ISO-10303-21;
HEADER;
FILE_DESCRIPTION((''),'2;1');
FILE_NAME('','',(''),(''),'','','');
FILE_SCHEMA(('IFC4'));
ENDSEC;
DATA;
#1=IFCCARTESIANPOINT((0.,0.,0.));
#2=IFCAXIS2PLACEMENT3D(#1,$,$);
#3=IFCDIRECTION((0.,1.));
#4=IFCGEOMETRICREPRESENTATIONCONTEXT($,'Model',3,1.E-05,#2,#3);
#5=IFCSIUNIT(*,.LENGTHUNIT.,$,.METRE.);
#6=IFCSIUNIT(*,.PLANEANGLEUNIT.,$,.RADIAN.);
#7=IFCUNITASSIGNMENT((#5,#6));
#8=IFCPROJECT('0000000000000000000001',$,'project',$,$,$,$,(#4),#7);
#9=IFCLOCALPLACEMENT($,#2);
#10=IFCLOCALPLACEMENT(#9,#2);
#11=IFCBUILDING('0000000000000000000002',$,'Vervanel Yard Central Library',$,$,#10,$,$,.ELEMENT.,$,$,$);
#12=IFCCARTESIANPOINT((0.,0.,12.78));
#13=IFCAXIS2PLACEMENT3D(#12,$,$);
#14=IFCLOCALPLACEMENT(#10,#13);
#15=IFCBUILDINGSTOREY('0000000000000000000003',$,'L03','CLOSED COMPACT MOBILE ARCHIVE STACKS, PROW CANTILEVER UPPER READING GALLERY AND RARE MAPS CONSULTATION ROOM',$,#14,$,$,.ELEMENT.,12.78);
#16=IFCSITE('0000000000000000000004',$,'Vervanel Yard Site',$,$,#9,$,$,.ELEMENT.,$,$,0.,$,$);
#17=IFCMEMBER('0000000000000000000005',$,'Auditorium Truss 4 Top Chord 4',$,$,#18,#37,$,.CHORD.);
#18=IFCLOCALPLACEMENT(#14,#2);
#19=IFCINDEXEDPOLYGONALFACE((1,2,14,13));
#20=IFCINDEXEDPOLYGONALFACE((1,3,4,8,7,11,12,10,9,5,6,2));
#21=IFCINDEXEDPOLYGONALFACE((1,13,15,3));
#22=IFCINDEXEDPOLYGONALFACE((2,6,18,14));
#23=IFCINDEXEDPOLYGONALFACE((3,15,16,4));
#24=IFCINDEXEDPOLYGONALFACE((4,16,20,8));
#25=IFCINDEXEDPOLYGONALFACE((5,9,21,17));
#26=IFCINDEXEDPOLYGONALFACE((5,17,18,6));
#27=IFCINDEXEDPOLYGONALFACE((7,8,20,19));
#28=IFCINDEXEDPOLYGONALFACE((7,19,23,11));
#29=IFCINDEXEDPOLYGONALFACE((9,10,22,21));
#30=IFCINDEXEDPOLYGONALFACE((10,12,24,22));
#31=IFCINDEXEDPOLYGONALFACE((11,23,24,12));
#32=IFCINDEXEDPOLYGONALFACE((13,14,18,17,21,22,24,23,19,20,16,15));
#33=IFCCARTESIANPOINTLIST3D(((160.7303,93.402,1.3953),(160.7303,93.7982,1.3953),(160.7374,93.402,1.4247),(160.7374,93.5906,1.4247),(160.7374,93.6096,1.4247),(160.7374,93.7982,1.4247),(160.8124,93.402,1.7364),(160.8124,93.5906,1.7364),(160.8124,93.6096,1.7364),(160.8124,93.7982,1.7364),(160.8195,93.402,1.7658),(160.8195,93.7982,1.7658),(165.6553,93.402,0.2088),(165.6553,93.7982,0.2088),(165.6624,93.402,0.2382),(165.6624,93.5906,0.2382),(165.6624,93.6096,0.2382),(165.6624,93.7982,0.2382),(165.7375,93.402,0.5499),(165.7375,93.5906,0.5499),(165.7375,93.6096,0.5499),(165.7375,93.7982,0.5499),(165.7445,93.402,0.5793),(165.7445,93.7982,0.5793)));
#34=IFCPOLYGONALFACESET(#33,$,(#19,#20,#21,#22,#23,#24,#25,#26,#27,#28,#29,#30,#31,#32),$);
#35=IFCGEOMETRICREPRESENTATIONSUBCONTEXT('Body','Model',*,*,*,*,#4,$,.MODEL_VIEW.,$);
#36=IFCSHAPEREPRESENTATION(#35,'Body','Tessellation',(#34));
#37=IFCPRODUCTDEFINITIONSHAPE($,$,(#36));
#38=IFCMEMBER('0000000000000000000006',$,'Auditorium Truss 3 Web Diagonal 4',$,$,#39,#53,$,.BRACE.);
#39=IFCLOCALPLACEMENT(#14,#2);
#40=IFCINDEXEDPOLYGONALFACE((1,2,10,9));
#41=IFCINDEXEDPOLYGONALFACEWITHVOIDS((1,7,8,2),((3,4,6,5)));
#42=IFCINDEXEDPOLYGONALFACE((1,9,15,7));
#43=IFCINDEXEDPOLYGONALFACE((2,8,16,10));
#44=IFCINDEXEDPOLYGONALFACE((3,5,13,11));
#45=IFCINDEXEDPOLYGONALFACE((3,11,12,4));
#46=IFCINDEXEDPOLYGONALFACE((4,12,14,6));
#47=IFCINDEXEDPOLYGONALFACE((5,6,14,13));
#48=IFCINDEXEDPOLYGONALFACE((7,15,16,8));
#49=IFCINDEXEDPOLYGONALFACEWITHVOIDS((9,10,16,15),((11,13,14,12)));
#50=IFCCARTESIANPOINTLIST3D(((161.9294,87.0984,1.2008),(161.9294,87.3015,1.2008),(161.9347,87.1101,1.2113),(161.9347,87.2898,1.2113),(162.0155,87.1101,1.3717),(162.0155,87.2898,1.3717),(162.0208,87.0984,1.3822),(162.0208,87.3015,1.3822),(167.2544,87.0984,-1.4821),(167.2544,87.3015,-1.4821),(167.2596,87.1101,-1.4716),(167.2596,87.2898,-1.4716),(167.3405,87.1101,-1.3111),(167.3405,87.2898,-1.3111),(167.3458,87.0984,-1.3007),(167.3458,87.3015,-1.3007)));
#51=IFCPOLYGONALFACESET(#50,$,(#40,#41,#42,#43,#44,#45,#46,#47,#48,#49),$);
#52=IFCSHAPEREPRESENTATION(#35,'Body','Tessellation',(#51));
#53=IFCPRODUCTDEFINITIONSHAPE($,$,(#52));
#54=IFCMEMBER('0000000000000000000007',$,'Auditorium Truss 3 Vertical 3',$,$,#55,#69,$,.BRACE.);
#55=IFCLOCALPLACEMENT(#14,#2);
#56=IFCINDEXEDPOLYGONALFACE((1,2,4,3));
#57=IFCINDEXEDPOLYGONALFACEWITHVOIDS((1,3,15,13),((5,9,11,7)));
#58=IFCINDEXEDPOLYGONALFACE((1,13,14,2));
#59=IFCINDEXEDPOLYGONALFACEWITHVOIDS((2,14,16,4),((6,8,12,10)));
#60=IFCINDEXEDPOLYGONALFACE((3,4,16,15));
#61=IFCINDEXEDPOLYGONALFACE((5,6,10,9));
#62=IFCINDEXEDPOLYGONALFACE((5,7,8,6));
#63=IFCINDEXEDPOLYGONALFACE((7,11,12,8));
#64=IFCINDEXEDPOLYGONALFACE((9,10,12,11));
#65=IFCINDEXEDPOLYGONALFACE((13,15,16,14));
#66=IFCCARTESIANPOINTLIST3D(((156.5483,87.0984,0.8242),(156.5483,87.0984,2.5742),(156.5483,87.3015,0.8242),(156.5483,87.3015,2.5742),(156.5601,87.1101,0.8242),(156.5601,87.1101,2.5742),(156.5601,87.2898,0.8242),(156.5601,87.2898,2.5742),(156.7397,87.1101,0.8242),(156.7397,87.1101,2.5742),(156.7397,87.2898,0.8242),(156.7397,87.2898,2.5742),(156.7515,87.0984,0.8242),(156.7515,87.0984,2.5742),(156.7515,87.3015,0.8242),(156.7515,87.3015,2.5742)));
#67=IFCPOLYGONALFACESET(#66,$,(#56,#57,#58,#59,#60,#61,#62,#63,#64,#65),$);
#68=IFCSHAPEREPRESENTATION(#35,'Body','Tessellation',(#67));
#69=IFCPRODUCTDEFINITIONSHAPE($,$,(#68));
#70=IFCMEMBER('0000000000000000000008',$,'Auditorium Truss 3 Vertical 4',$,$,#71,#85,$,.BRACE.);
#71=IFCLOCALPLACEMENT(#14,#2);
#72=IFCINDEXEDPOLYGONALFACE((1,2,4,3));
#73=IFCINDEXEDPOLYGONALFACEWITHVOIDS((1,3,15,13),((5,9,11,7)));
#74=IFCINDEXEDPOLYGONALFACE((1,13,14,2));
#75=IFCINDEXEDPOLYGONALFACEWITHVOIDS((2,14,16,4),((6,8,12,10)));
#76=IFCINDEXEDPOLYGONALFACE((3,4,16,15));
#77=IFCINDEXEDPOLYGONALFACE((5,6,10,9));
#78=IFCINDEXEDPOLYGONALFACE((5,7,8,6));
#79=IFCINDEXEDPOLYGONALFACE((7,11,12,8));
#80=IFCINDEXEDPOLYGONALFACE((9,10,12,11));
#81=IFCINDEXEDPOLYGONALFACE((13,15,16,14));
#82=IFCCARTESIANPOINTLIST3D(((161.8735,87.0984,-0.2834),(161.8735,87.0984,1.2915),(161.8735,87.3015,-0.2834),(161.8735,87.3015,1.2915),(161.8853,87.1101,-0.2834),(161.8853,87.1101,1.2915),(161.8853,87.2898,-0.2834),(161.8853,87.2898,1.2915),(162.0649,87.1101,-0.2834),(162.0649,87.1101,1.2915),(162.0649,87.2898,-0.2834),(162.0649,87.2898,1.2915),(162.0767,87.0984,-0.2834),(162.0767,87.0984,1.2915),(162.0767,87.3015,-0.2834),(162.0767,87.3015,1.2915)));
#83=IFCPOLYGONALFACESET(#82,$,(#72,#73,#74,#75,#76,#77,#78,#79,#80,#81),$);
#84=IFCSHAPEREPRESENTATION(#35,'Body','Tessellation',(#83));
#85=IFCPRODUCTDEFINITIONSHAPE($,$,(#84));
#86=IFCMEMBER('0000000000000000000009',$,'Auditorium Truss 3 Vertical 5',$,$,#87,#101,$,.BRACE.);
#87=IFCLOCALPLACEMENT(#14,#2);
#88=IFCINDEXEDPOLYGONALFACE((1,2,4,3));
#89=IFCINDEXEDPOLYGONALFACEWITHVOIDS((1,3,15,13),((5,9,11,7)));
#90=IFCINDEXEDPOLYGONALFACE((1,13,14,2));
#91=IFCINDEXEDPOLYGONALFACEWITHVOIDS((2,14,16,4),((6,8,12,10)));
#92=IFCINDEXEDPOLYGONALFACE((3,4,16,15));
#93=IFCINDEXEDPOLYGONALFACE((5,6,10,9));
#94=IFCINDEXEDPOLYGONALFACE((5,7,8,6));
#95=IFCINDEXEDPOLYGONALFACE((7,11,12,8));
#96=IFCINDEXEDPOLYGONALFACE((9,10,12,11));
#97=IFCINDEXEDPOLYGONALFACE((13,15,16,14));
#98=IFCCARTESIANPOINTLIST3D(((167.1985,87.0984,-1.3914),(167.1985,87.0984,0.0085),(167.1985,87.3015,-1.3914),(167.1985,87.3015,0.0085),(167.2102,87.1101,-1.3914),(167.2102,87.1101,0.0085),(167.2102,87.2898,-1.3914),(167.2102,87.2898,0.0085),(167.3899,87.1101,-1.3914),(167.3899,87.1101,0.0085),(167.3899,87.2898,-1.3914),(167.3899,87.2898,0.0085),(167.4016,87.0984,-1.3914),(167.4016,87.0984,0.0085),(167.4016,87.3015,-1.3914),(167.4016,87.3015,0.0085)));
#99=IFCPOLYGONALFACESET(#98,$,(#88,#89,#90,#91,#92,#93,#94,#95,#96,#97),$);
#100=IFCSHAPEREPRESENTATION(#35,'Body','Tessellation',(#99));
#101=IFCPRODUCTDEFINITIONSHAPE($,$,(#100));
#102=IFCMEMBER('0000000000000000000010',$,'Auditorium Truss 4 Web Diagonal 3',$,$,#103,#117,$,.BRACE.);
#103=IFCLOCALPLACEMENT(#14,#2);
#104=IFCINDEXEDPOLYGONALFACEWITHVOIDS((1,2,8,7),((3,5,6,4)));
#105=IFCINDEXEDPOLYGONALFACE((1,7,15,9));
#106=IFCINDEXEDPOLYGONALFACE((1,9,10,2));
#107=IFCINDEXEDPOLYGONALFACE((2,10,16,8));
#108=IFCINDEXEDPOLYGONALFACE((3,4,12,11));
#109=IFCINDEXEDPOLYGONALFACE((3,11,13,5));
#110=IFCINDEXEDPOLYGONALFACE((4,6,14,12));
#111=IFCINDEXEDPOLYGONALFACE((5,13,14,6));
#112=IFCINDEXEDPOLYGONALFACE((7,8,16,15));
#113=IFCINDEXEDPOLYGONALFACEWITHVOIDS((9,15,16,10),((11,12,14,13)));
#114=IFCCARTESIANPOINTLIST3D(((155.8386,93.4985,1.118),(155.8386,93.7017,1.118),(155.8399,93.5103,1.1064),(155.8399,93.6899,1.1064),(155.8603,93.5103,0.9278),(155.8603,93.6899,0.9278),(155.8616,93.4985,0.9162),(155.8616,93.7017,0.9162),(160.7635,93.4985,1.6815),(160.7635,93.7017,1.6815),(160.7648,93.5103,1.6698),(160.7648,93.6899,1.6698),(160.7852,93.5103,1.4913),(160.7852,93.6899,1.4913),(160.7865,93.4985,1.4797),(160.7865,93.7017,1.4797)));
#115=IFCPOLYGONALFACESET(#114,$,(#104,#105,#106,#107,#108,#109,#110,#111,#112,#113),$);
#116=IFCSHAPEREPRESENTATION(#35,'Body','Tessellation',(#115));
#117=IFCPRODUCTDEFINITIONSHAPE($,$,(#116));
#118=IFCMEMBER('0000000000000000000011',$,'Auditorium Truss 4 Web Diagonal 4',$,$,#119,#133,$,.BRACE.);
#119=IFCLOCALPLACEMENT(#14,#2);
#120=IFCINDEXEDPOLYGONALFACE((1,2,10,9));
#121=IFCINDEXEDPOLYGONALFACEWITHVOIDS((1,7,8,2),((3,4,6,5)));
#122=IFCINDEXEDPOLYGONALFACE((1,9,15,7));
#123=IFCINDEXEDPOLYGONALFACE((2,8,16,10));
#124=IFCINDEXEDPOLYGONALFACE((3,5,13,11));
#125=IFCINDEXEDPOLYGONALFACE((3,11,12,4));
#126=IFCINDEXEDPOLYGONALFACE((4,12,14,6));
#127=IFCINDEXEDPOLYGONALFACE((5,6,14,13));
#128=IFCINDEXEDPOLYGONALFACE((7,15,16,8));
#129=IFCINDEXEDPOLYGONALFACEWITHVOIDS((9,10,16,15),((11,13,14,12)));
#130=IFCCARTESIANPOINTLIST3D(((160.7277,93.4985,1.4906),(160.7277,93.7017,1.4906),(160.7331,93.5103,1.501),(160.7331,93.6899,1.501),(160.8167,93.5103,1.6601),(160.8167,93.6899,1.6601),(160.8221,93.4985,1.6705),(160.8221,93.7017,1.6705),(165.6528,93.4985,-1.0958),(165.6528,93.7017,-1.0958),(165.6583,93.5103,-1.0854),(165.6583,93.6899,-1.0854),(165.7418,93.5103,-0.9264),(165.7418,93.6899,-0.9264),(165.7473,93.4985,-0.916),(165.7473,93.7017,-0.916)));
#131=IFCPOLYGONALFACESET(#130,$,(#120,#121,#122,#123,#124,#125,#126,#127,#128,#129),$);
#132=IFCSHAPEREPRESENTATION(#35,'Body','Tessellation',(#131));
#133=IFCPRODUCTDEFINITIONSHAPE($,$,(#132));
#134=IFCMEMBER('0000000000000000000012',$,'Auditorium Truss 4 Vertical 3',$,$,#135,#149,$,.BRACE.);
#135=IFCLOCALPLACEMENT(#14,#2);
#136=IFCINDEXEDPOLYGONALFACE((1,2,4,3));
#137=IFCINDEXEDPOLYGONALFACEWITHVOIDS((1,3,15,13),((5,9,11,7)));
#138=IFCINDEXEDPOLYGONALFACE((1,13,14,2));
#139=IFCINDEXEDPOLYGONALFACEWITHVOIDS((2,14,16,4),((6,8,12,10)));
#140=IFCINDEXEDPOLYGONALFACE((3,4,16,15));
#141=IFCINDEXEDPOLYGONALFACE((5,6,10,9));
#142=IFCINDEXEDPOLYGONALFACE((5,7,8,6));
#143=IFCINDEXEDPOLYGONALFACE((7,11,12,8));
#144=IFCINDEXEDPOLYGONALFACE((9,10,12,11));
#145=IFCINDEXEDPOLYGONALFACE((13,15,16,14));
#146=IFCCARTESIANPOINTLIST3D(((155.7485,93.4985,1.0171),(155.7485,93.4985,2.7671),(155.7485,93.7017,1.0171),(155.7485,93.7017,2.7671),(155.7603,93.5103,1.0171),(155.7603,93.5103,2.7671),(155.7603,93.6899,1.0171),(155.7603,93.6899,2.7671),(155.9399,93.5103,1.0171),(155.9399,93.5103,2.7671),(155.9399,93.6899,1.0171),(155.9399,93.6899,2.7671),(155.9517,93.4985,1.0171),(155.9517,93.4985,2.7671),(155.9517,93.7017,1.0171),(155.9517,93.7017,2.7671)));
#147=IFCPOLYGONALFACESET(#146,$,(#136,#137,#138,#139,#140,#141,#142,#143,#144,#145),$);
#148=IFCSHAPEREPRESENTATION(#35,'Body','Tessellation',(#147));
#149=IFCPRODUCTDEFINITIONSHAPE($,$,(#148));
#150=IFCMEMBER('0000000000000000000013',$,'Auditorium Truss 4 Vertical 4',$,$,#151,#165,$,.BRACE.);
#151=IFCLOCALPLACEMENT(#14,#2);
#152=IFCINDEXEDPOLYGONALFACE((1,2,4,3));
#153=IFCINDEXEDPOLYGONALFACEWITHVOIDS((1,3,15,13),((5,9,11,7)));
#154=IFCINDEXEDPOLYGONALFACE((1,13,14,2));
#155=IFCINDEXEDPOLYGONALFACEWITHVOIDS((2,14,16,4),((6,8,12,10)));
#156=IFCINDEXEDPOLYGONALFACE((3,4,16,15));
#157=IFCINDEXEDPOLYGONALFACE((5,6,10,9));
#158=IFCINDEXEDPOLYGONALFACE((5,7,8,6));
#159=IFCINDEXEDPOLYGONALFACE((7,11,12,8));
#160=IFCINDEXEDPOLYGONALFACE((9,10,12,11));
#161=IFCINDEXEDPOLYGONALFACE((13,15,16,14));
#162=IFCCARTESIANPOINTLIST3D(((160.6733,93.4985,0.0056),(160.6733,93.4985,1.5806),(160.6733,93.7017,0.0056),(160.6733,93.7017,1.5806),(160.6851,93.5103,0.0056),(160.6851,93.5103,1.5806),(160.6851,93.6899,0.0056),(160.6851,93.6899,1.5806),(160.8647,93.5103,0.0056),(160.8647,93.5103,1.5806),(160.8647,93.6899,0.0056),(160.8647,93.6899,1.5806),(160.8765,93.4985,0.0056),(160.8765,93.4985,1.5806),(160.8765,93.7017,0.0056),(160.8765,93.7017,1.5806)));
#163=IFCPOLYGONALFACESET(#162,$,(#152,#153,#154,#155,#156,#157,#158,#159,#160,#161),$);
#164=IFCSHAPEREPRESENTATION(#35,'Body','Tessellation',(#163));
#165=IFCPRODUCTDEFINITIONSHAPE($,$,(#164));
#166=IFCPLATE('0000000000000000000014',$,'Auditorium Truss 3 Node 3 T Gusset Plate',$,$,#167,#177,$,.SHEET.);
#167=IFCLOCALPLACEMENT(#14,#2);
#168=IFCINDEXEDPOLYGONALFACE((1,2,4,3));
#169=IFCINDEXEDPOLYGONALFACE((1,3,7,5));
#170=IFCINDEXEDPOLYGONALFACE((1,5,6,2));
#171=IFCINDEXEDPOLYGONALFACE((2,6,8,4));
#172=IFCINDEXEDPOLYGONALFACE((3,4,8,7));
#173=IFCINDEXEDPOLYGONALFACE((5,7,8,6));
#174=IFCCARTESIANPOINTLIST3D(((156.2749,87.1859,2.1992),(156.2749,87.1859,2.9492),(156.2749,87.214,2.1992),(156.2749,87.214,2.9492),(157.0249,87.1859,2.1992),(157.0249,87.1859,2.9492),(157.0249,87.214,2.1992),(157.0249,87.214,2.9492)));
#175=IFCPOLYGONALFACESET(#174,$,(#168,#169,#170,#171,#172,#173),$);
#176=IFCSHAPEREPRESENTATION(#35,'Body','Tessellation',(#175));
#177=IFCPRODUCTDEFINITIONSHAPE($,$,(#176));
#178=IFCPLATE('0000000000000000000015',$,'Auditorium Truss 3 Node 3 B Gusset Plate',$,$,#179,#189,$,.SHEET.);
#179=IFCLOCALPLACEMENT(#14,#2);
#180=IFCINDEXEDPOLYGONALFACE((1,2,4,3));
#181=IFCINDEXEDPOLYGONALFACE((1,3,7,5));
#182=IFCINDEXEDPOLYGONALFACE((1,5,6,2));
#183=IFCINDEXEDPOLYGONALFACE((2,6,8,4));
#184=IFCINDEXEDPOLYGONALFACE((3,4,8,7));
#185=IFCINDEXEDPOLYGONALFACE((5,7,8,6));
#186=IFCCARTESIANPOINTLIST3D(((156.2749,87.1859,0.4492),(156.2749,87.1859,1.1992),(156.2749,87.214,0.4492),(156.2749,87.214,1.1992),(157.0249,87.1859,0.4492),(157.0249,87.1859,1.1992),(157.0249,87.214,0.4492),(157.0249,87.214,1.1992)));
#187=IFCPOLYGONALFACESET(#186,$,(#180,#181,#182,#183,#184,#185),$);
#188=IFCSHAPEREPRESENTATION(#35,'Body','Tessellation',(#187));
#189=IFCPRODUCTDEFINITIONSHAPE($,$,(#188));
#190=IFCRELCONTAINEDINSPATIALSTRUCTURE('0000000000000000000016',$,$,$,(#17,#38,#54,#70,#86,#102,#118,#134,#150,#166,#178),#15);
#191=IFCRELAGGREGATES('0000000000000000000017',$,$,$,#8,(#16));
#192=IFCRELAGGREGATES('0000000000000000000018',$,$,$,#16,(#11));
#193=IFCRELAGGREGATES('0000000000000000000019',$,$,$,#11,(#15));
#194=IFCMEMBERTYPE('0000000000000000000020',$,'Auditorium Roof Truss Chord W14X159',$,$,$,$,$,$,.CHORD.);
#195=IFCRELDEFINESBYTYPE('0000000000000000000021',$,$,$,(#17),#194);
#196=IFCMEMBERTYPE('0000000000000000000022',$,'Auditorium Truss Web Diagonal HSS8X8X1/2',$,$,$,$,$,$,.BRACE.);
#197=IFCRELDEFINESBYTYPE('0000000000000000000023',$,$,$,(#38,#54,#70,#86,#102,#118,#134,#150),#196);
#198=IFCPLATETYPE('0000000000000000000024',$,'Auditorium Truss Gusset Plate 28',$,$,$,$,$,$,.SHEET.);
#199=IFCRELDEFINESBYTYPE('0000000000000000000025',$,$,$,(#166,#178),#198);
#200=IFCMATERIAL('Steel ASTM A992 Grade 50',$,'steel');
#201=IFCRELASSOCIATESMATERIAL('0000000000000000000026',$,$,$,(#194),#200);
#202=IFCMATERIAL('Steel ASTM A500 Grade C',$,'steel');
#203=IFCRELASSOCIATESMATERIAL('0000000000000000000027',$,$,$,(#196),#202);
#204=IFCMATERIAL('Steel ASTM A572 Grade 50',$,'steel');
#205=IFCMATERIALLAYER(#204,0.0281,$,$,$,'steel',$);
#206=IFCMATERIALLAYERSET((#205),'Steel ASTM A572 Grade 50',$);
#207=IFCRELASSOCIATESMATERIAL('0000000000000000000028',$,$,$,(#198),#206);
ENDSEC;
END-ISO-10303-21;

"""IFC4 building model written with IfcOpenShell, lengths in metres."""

from ifc_helpers import new_model, si_unit, direction, frame, origin, origin_2d, place, context, subcontext, project, spatial, rectangle, hollow_rectangle, i_section, extrude, material, layer, layer_set, material_profile, profile_set, type_object, element, save


model = new_model("IFC4")

# Units and contexts
model_context = context("Model", 3, precision=1e-05, world=origin(), true_north=direction((0.0, 1.0)))
body_context = subcontext(model_context, "Body", "Model", "MODEL_VIEW")
ifc_project = project(units=[si_unit("LENGTHUNIT", "METRE"), si_unit("PLANEANGLEUNIT", "RADIAN")], contexts=[model_context])

# Site, building, storey
site_placement = place(None, origin())
site = spatial("IfcSite", under=ifc_project, at=site_placement, Name="Vervanel Yard Site", CompositionType="ELEMENT", RefElevation=0.0)
building_placement = place(site_placement, origin())
building = spatial("IfcBuilding", under=site, at=building_placement, Name="Vervanel Yard Central Library", CompositionType="ELEMENT")
storey_placement = place(building_placement, frame((0.0, 0.0, 12.78)))
storey = spatial("IfcBuildingStorey", under=building, at=storey_placement, Name="L03", Description="CLOSED COMPACT MOBILE ARCHIVE STACKS, PROW CANTILEVER UPPER READING GALLERY AND RARE MAPS CONSULTATION ROOM", CompositionType="ELEMENT", Elevation=12.78)

# Members
ifc_material_1 = material(Name="Steel ASTM A992 Grade 50", Category="steel")
ifc_material_profile_1 = material_profile(ifc_material_1, i_section(OverallWidth=0.3962, OverallDepth=0.3811, WebThickness=0.019, FlangeThickness=0.0303, at=origin_2d()), Name="W14X159", Category="steel")
ifc_profile_set_1 = profile_set([ifc_material_profile_1], Name="Steel ASTM A992 Grade 50")
member_type_1 = type_object("IfcMemberType", Name="Auditorium Roof Truss Chord W14X159", PredefinedType="CHORD", material=ifc_profile_set_1)
member_1_placement = place(storey_placement, frame((160.7749, 93.6001, 1.5806), z_axis=(0.972185, 0.0, -0.234215), x_axis=(0.0, 1.0, 0.0)))
element("IfcMember", 1, at=member_1_placement, inside=storey, type_object=member_type_1, Name="Auditorium Truss 4 Top Chord 4", PredefinedType="CHORD", context=body_context, shape_type="SweptSolid", body=[
    extrude(i_section(OverallWidth=0.3962, OverallDepth=0.3811, WebThickness=0.019, FlangeThickness=0.0303, at=origin_2d()), origin(), (0.0, 0.0, 1.0), 5.0659),
])
ifc_material_2 = material(Name="Steel ASTM A500 Grade C", Category="steel")
ifc_material_profile_2 = material_profile(ifc_material_2, hollow_rectangle(XDim=0.2031, YDim=0.2031, WallThickness=0.0117, at=origin_2d()), Name="HSS8X8X1/2", Category="steel")
ifc_profile_set_2 = profile_set([ifc_material_profile_2], Name="Steel ASTM A500 Grade C")
member_type_2 = type_object("IfcMemberType", Name="Auditorium Truss Web Diagonal HSS8X8X1/2", PredefinedType="BRACE", material=ifc_profile_set_2)
member_2_placement = place(storey_placement, frame((161.9751, 87.2, 1.2915), z_axis=(0.893055, 0.0, -0.449947), x_axis=(0.0, 1.0, 0.0)))
element("IfcMember", 2, at=member_2_placement, inside=storey, type_object=member_type_2, Name="Auditorium Truss 3 Web Diagonal 4", PredefinedType="BRACE", context=body_context, shape_type="SweptSolid", body=[
    extrude(hollow_rectangle(XDim=0.2031, YDim=0.2031, WallThickness=0.0117, at=origin_2d()), origin(), (0.0, 0.0, 1.0), 5.9626),
])
member_3_placement = place(storey_placement, frame((156.6499, 87.2, 0.8242), z_axis=(0.0, 0.0, 1.0), x_axis=(1.0, 0.0, 0.0)))
element("IfcMember", 3, at=member_3_placement, inside=storey, type_object=member_type_2, Name="Auditorium Truss 3 Vertical 3", PredefinedType="BRACE", context=body_context, shape_type="SweptSolid", body=[
    extrude(hollow_rectangle(XDim=0.2031, YDim=0.2031, WallThickness=0.0117, at=origin_2d()), origin(), (0.0, 0.0, 1.0), 1.75),
])
member_4_placement = place(storey_placement, frame((161.9751, 87.2, -0.2834), z_axis=(0.0, 0.0, 1.0), x_axis=(1.0, 0.0, 0.0)))
element("IfcMember", 4, at=member_4_placement, inside=storey, type_object=member_type_2, Name="Auditorium Truss 3 Vertical 4", PredefinedType="BRACE", context=body_context, shape_type="SweptSolid", body=[
    extrude(hollow_rectangle(XDim=0.2031, YDim=0.2031, WallThickness=0.0117, at=origin_2d()), origin(), (0.0, 0.0, 1.0), 1.575),
])
member_5_placement = place(storey_placement, frame((167.3, 87.2, -1.3914), z_axis=(0.0, 0.0, 1.0), x_axis=(1.0, 0.0, 0.0)))
element("IfcMember", 5, at=member_5_placement, inside=storey, type_object=member_type_2, Name="Auditorium Truss 3 Vertical 5", PredefinedType="BRACE", context=body_context, shape_type="SweptSolid", body=[
    extrude(hollow_rectangle(XDim=0.2031, YDim=0.2031, WallThickness=0.0117, at=origin_2d()), origin(), (0.0, 0.0, 1.0), 1.3999),
])
member_6_placement = place(storey_placement, frame((155.8501, 93.6001, 1.0171), z_axis=(0.993518, 0.0, 0.113674), x_axis=(0.0, 1.0, 0.0)))
element("IfcMember", 6, at=member_6_placement, inside=storey, type_object=member_type_2, Name="Auditorium Truss 4 Web Diagonal 3", PredefinedType="BRACE", context=body_context, shape_type="SweptSolid", body=[
    extrude(hollow_rectangle(XDim=0.2031, YDim=0.2031, WallThickness=0.0117, at=origin_2d()), origin(), (0.0, 0.0, 1.0), 4.957),
])
member_7_placement = place(storey_placement, frame((160.7749, 93.6001, 1.5806), z_axis=(0.885341, 0.0, -0.464943), x_axis=(0.0, 1.0, 0.0)))
element("IfcMember", 7, at=member_7_placement, inside=storey, type_object=member_type_2, Name="Auditorium Truss 4 Web Diagonal 4", PredefinedType="BRACE", context=body_context, shape_type="SweptSolid", body=[
    extrude(hollow_rectangle(XDim=0.2031, YDim=0.2031, WallThickness=0.0117, at=origin_2d()), origin(), (0.0, 0.0, 1.0), 5.563),
])
member_8_placement = place(storey_placement, frame((155.8501, 93.6001, 1.0171), z_axis=(0.0, 0.0, 1.0), x_axis=(1.0, 0.0, 0.0)))
element("IfcMember", 8, at=member_8_placement, inside=storey, type_object=member_type_2, Name="Auditorium Truss 4 Vertical 3", PredefinedType="BRACE", context=body_context, shape_type="SweptSolid", body=[
    extrude(hollow_rectangle(XDim=0.2031, YDim=0.2031, WallThickness=0.0117, at=origin_2d()), origin(), (0.0, 0.0, 1.0), 1.75),
])
member_9_placement = place(storey_placement, frame((160.7749, 93.6001, 0.0056), z_axis=(0.0, 0.0, 1.0), x_axis=(1.0, 0.0, 0.0)))
element("IfcMember", 9, at=member_9_placement, inside=storey, type_object=member_type_2, Name="Auditorium Truss 4 Vertical 4", PredefinedType="BRACE", context=body_context, shape_type="SweptSolid", body=[
    extrude(hollow_rectangle(XDim=0.2031, YDim=0.2031, WallThickness=0.0117, at=origin_2d()), origin(), (0.0, 0.0, 1.0), 1.575),
])

# Plates
ifc_material_3 = material(Name="Steel ASTM A572 Grade 50", Category="steel")
ifc_layer = layer(ifc_material_3, 0.0281, Category="steel")
ifc_layer_set = layer_set([ifc_layer], Name="Steel ASTM A572 Grade 50")
plate_type = type_object("IfcPlateType", Name="Auditorium Truss Gusset Plate 28", PredefinedType="SHEET", material=ifc_layer_set)
for number, where, z_axis, x_axis, name in (
    (10, (156.6499, 87.2, 2.1992), (0.0, 0.0, 1.0), (1.0, 0.0, 0.0), "Auditorium Truss 3 Node 3 T Gusset Plate"),
    (11, (156.6499, 87.2, 0.4492), (0.0, 0.0, 1.0), (1.0, 0.0, 0.0), "Auditorium Truss 3 Node 3 B Gusset Plate"),
):
    element("IfcPlate", number, at=place(storey_placement, frame(where, z_axis=z_axis, x_axis=x_axis)), inside=storey, type_object=plate_type, Name=name, PredefinedType="SHEET", context=body_context, shape_type="SweptSolid", body=[
        extrude(rectangle(XDim=0.75, YDim=0.0281, at=origin_2d()), origin(), (0.0, 0.0, 1.0), 0.75),
    ])

save(model, "model.ifc")
